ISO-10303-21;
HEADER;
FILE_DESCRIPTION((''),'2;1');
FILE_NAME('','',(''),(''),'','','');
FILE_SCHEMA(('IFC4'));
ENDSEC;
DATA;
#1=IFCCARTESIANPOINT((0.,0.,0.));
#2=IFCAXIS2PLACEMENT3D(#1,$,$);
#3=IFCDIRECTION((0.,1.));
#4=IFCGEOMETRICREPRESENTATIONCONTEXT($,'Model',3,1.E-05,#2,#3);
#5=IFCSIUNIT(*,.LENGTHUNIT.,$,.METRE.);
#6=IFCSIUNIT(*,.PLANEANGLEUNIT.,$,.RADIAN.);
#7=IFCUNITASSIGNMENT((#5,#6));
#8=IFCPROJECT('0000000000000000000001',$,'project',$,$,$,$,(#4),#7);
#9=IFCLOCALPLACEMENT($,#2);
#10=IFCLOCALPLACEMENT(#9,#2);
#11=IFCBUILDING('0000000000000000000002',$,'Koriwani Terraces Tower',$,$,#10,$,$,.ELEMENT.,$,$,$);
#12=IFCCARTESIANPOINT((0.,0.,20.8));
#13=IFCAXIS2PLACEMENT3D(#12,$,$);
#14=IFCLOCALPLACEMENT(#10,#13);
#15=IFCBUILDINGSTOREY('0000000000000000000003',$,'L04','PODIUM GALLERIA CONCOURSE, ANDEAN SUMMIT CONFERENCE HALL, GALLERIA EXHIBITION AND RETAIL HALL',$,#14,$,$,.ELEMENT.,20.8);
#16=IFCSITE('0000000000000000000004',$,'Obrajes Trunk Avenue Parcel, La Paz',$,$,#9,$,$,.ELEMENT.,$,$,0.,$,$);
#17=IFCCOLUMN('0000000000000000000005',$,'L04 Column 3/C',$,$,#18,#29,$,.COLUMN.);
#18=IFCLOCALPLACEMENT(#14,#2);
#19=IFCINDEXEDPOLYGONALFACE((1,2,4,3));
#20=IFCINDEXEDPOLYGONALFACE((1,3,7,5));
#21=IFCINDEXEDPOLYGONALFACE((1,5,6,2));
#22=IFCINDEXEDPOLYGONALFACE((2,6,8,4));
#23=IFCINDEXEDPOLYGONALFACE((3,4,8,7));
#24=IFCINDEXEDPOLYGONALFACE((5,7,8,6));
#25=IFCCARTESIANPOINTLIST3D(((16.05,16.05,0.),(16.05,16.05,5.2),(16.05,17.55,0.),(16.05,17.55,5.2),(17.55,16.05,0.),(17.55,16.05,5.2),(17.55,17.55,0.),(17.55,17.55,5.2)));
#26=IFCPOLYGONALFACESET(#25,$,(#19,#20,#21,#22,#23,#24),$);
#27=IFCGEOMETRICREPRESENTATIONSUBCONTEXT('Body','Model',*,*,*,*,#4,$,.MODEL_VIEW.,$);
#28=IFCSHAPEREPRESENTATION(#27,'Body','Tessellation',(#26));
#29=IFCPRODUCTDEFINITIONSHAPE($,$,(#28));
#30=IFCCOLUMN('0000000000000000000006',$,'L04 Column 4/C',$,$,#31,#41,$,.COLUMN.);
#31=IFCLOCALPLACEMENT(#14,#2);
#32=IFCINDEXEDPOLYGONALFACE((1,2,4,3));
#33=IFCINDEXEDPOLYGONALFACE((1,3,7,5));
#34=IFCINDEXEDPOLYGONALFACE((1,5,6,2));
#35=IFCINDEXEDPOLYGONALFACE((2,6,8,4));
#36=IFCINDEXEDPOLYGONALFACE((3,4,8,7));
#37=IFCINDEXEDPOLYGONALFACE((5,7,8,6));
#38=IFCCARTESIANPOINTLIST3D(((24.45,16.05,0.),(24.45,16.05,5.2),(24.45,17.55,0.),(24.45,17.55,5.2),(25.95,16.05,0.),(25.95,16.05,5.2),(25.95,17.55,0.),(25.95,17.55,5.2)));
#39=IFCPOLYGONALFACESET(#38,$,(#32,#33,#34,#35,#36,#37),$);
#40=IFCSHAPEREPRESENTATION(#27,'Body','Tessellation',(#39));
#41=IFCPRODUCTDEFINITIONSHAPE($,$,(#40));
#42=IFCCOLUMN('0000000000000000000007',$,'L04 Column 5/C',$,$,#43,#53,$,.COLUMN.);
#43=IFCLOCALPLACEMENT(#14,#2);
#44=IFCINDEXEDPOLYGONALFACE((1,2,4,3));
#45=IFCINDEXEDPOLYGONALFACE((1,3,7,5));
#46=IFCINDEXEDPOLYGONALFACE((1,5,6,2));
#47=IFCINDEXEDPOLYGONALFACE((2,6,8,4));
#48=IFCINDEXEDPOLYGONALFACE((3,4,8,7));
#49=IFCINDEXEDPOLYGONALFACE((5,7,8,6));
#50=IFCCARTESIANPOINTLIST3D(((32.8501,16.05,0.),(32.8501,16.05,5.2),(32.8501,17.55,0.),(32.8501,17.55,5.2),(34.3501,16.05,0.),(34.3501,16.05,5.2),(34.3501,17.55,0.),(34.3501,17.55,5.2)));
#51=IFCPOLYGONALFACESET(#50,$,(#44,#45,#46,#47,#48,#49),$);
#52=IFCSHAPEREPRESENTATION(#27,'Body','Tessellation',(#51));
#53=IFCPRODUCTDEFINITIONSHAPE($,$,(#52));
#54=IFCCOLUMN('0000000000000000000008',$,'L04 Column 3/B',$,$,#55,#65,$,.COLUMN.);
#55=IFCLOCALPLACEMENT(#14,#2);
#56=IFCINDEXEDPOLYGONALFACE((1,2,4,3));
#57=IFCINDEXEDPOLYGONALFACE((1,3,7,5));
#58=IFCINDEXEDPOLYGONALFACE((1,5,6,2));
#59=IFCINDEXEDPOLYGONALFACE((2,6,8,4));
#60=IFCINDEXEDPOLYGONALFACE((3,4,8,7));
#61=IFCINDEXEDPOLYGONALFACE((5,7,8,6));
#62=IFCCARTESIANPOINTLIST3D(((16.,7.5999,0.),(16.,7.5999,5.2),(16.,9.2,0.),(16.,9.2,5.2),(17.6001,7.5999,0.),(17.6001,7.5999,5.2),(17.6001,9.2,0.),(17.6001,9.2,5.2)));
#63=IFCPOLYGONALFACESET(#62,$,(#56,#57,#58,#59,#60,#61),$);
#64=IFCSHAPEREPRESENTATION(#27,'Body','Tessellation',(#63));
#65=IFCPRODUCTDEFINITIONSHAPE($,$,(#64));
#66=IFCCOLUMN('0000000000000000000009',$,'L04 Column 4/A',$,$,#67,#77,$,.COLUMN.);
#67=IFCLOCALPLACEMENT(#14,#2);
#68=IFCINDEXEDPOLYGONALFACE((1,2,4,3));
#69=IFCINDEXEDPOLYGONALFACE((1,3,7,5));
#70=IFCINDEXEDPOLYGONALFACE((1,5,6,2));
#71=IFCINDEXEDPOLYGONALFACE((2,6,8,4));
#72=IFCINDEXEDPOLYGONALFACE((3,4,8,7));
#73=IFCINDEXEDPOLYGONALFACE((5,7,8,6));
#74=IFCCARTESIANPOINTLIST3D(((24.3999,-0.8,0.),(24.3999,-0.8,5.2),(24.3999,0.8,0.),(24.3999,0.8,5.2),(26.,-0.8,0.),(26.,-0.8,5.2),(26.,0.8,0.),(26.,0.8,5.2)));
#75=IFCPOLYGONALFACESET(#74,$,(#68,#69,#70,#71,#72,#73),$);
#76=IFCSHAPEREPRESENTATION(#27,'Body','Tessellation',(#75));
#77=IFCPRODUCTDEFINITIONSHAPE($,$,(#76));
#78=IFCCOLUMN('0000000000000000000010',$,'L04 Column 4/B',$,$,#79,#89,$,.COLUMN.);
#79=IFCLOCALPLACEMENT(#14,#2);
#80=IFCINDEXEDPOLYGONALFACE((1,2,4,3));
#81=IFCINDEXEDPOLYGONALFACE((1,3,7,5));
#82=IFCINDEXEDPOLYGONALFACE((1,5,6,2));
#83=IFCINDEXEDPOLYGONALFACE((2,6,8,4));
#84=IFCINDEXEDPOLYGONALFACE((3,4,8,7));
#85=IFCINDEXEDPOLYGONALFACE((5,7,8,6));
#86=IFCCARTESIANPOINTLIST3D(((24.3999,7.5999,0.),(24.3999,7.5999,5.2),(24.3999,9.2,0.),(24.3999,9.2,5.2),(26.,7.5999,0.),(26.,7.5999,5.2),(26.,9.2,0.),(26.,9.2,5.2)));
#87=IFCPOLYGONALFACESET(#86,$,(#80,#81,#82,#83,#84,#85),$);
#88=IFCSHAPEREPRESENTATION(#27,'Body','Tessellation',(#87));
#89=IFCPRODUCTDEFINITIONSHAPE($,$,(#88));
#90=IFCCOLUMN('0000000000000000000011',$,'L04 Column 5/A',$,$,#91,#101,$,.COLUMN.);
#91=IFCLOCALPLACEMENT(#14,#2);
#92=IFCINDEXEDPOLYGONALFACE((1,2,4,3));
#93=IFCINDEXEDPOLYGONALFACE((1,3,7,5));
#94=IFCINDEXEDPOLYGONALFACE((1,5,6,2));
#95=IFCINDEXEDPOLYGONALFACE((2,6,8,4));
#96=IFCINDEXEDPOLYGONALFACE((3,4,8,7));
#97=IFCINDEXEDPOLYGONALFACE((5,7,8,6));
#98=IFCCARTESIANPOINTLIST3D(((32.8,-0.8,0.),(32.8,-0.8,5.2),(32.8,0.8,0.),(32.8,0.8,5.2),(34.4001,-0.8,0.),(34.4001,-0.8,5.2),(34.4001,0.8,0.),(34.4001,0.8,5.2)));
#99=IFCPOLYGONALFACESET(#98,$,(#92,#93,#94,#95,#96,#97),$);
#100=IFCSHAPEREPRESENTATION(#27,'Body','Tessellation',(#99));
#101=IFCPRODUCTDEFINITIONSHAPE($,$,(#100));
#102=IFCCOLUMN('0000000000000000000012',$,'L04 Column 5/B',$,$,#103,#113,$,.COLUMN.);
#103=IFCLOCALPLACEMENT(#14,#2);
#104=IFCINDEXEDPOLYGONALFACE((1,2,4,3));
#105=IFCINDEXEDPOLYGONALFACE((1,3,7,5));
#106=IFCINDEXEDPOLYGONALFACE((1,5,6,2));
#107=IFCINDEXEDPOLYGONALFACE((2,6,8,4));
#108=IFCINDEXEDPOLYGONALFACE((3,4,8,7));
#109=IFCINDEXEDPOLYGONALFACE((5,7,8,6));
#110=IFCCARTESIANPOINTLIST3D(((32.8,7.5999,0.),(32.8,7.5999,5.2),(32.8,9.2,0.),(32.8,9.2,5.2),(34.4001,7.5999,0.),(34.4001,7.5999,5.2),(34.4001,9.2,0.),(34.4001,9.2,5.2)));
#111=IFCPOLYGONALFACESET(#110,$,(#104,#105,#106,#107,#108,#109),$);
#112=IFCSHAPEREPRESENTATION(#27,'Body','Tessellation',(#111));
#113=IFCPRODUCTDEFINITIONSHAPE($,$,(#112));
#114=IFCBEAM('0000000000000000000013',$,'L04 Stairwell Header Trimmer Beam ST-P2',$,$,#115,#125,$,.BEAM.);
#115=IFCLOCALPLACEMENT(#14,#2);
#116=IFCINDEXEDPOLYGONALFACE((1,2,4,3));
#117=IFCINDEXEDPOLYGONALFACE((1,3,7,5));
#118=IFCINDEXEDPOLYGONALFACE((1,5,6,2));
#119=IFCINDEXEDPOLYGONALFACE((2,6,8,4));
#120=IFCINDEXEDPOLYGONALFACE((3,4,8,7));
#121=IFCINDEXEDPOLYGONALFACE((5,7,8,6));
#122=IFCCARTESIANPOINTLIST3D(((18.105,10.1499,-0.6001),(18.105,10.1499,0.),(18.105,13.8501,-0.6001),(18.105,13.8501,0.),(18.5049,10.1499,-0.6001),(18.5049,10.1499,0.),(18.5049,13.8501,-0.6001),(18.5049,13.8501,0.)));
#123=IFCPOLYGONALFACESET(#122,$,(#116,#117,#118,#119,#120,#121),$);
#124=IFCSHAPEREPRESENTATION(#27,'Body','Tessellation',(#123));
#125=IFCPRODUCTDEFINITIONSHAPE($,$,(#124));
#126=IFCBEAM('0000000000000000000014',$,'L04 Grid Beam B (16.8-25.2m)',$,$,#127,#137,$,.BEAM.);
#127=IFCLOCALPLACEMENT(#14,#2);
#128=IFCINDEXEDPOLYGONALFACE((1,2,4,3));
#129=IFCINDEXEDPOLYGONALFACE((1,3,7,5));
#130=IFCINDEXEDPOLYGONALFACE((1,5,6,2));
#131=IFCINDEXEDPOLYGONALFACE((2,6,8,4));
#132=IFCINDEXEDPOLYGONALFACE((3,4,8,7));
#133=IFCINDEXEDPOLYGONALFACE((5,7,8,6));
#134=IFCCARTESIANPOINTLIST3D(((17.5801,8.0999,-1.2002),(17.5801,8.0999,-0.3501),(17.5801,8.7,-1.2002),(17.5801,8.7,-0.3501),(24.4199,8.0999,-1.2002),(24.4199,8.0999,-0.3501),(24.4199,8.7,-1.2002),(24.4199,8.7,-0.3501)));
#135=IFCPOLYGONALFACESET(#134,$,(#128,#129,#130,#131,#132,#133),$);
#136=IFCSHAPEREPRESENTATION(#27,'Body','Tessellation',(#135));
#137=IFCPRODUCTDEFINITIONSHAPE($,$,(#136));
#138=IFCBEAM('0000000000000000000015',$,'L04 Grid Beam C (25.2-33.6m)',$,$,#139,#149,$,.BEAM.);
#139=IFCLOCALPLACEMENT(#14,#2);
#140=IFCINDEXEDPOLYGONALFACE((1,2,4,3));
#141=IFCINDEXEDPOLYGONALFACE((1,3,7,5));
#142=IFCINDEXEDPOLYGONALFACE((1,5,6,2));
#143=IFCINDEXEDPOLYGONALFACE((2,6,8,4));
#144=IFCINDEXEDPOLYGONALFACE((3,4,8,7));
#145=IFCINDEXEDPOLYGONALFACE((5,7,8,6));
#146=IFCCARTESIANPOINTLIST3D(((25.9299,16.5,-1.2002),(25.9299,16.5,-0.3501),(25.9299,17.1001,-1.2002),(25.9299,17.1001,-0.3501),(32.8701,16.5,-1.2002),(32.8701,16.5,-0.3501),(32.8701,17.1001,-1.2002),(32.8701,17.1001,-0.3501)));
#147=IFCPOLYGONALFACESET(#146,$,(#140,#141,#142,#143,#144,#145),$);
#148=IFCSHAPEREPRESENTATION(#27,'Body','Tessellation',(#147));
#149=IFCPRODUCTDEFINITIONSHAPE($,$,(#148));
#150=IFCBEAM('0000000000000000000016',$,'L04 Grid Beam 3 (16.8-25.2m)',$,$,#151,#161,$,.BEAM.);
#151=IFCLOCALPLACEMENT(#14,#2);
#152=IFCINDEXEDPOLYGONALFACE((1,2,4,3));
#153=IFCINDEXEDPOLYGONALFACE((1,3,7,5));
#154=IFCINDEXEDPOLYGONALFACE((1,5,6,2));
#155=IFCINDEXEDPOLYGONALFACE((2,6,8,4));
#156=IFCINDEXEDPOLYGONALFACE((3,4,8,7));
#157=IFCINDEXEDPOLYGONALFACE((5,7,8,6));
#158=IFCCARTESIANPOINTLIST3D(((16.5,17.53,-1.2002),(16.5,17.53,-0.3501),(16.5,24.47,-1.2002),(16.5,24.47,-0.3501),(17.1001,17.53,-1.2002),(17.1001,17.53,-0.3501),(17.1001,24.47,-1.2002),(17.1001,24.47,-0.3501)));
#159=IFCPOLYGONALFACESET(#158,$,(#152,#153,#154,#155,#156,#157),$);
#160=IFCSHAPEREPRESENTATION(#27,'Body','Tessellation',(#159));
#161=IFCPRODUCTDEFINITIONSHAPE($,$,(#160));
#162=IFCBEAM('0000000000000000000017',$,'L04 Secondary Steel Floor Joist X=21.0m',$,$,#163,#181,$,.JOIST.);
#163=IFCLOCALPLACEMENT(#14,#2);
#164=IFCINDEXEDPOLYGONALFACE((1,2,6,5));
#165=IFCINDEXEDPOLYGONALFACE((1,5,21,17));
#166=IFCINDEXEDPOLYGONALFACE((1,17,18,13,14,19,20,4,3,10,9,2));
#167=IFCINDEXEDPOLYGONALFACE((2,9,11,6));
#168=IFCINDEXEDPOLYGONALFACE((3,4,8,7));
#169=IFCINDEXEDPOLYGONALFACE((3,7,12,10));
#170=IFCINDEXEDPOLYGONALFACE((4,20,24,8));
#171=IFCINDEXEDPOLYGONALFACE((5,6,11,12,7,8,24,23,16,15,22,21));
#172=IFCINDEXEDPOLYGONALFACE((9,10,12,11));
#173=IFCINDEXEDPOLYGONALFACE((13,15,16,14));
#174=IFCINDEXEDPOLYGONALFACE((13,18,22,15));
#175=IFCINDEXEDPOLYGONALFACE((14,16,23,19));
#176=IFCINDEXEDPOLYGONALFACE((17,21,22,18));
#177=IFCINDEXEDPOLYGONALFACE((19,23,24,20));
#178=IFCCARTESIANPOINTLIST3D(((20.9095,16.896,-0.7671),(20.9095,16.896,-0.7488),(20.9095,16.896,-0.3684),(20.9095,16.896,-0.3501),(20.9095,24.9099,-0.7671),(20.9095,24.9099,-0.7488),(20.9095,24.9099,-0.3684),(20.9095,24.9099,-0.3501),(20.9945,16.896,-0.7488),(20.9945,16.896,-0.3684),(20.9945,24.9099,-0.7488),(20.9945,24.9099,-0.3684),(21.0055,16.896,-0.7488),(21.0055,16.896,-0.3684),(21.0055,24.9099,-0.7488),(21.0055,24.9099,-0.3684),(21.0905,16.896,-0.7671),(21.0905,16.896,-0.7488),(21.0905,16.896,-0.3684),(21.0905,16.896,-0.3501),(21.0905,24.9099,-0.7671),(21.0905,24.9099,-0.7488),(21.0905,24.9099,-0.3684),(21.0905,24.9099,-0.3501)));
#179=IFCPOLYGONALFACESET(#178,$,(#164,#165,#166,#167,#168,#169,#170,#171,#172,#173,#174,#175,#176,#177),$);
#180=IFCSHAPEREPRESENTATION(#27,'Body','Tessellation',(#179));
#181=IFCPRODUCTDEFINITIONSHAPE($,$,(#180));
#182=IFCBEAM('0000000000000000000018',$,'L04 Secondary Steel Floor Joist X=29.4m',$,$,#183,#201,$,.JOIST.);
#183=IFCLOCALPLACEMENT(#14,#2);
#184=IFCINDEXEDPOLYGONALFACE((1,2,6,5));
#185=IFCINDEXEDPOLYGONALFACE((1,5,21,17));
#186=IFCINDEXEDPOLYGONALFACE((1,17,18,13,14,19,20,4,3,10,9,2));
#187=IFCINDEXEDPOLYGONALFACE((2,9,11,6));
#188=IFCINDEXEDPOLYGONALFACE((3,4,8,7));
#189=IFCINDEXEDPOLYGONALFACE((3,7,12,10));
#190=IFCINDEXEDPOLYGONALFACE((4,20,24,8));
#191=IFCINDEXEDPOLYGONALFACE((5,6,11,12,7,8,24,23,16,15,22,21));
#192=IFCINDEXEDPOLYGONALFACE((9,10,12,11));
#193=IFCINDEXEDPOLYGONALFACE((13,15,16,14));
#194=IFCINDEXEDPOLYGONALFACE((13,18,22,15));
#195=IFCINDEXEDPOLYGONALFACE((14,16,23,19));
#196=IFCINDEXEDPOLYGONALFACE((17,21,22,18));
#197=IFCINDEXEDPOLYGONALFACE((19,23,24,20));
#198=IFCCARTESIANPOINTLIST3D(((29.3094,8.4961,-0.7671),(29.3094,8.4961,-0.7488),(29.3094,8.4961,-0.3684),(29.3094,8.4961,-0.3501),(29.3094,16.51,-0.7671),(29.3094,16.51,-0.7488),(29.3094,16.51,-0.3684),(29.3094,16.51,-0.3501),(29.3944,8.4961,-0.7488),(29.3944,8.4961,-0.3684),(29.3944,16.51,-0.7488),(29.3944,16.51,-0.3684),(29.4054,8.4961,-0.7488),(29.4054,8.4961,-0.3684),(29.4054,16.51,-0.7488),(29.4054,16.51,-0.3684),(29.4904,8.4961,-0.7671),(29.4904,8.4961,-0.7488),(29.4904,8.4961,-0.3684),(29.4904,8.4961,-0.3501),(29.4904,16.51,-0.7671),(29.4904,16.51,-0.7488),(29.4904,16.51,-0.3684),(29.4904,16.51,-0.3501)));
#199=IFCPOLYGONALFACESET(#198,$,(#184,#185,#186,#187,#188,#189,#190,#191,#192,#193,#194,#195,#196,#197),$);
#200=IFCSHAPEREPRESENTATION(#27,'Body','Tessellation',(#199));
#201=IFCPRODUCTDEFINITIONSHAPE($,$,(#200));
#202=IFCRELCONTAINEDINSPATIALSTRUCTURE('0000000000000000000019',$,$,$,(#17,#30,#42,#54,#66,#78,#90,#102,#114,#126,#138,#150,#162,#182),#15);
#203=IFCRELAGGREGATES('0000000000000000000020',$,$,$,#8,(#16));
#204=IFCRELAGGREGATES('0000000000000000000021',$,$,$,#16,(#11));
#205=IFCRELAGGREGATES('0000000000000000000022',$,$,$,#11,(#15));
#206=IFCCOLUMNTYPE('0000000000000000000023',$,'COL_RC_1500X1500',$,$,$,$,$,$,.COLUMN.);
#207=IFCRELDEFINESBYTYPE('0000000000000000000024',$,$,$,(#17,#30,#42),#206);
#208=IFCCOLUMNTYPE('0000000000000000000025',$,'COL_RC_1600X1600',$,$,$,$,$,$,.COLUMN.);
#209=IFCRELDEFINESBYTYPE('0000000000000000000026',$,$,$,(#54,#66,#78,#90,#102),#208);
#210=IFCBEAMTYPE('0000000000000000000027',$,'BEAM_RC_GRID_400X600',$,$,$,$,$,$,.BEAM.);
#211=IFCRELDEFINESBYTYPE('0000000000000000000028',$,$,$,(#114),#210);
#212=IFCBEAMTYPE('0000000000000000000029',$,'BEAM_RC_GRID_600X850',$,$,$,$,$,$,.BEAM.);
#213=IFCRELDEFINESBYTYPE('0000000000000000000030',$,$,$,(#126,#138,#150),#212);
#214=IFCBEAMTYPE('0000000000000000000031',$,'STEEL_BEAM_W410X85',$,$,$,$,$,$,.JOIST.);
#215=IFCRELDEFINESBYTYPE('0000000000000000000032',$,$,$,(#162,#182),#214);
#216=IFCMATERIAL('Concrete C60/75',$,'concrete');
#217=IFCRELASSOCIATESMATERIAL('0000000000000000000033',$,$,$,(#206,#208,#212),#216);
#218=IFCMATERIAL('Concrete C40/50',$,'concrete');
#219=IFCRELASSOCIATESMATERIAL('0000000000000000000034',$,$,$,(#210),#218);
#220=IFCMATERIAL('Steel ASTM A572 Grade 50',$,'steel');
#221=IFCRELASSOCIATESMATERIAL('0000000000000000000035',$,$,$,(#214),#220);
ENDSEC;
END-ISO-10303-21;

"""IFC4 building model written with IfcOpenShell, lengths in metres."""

from ifc_helpers import new_model, si_unit, direction, frame, origin, origin_2d, place, context, subcontext, project, spatial, rectangle, i_section, extrude, material, material_profile, profile_set, type_object, element, save


model = new_model("IFC4")

# Units and contexts
model_context = context("Model", 3, precision=1e-05, world=origin(), true_north=direction((0.0, 1.0)))
body_context = subcontext(model_context, "Body", "Model", "MODEL_VIEW")
ifc_project = project(units=[si_unit("LENGTHUNIT", "METRE"), si_unit("PLANEANGLEUNIT", "RADIAN")], contexts=[model_context])

# Site, building, storey
site_placement = place(None, origin())
site = spatial("IfcSite", under=ifc_project, at=site_placement, Name="Obrajes Trunk Avenue Parcel, La Paz", CompositionType="ELEMENT", RefElevation=0.0)
building_placement = place(site_placement, origin())
building = spatial("IfcBuilding", under=site, at=building_placement, Name="Koriwani Terraces Tower", CompositionType="ELEMENT")
storey_placement = place(building_placement, frame((0.0, 0.0, 20.8)))
storey = spatial("IfcBuildingStorey", under=building, at=storey_placement, Name="L04", Description="PODIUM GALLERIA CONCOURSE, ANDEAN SUMMIT CONFERENCE HALL, GALLERIA EXHIBITION AND RETAIL HALL", CompositionType="ELEMENT", Elevation=20.8)

# Columns
ifc_material_1 = material(Name="Concrete C60/75", Category="concrete")
ifc_material_profile_1 = material_profile(ifc_material_1, rectangle(XDim=1.5, YDim=1.5, at=origin_2d()), Name="Concrete C60/75", Category="LoadBearing")
ifc_profile_set_1 = profile_set([ifc_material_profile_1], Name="Concrete C60/75")
column_type_1 = type_object("IfcColumnType", Name="COL_RC_1500X1500", PredefinedType="COLUMN", material=ifc_profile_set_1)
for number, where, z_axis, x_axis, name in (
    (1, (16.8, 16.8, 0.0), (0.0, 0.0, 1.0), (1.0, 0.0, 0.0), "L04 Column 3/C"),
    (2, (25.2, 16.8, 0.0), (0.0, 0.0, 1.0), (1.0, 0.0, 0.0), "L04 Column 4/C"),
    (3, (33.6001, 16.8, 0.0), (0.0, 0.0, 1.0), (1.0, 0.0, 0.0), "L04 Column 5/C"),
):
    element("IfcColumn", number, at=place(storey_placement, frame(where, z_axis=z_axis, x_axis=x_axis)), inside=storey, type_object=column_type_1, Name=name, PredefinedType="COLUMN", context=body_context, shape_type="SweptSolid", body=[
        extrude(rectangle(XDim=1.5, YDim=1.5, at=origin_2d()), origin(), (0.0, 0.0, 1.0), 5.2),
    ])
ifc_material_profile_2 = material_profile(ifc_material_1, rectangle(XDim=1.6001, YDim=1.6001, at=origin_2d()), Name="Concrete C60/75", Category="LoadBearing")
ifc_profile_set_2 = profile_set([ifc_material_profile_2], Name="Concrete C60/75")
column_type_2 = type_object("IfcColumnType", Name="COL_RC_1600X1600", PredefinedType="COLUMN", material=ifc_profile_set_2)
for number, where, z_axis, x_axis, name in (
    (4, (16.8, 8.3999, 0.0), (0.0, 0.0, 1.0), (1.0, 0.0, 0.0), "L04 Column 3/B"),
    (5, (25.2, 0.0, 0.0), (0.0, 0.0, 1.0), (1.0, 0.0, 0.0), "L04 Column 4/A"),
    (6, (25.2, 8.3999, 0.0), (0.0, 0.0, 1.0), (1.0, 0.0, 0.0), "L04 Column 4/B"),
    (7, (33.6001, 0.0, 0.0), (0.0, 0.0, 1.0), (1.0, 0.0, 0.0), "L04 Column 5/A"),
    (8, (33.6001, 8.3999, 0.0), (0.0, 0.0, 1.0), (1.0, 0.0, 0.0), "L04 Column 5/B"),
):
    element("IfcColumn", number, at=place(storey_placement, frame(where, z_axis=z_axis, x_axis=x_axis)), inside=storey, type_object=column_type_2, Name=name, PredefinedType="COLUMN", context=body_context, shape_type="SweptSolid", body=[
        extrude(rectangle(XDim=1.6001, YDim=1.6001, at=origin_2d()), origin(), (0.0, 0.0, 1.0), 5.2),
    ])

# Beams
ifc_material_2 = material(Name="Concrete C40/50", Category="concrete")
ifc_material_profile_3 = material_profile(ifc_material_2, rectangle(XDim=0.3999, YDim=0.6001, at=origin_2d()), Name="Concrete C40/50", Category="LoadBearing")
ifc_profile_set_3 = profile_set([ifc_material_profile_3], Name="Concrete C40/50")
beam_type_1 = type_object("IfcBeamType", Name="BEAM_RC_GRID_400X600", PredefinedType="BEAM", material=ifc_profile_set_3)
beam_1_placement = place(storey_placement, frame((18.3049, 10.1499, -0.3), z_axis=(0.0, 1.0, 0.0), x_axis=(-1.0, 0.0, 0.0)))
element("IfcBeam", 9, at=beam_1_placement, inside=storey, type_object=beam_type_1, Name="L04 Stairwell Header Trimmer Beam ST-P2", PredefinedType="BEAM", context=body_context, shape_type="SweptSolid", body=[
    extrude(rectangle(XDim=0.3999, YDim=0.6001, at=origin_2d()), origin(), (0.0, 0.0, 1.0), 3.7002),
])
ifc_material_profile_4 = material_profile(ifc_material_1, rectangle(XDim=0.6001, YDim=0.8501, at=origin_2d()), Name="Concrete C60/75", Category="LoadBearing")
ifc_profile_set_4 = profile_set([ifc_material_profile_4], Name="Concrete C60/75")
beam_type_2 = type_object("IfcBeamType", Name="BEAM_RC_GRID_600X850", PredefinedType="BEAM", material=ifc_profile_set_4)
beam_2_placement = place(storey_placement, frame((17.5801, 8.3999, -0.7751), z_axis=(1.0, 0.0, 0.0), x_axis=(0.0, 1.0, 0.0)))
element("IfcBeam", 10, at=beam_2_placement, inside=storey, type_object=beam_type_2, Name="L04 Grid Beam B (16.8-25.2m)", PredefinedType="BEAM", context=body_context, shape_type="SweptSolid", body=[
    extrude(rectangle(XDim=0.6001, YDim=0.8501, at=origin_2d()), origin(), (0.0, 0.0, 1.0), 6.8398),
])
beam_3_placement = place(storey_placement, frame((25.9299, 16.8, -0.7751), z_axis=(1.0, 0.0, 0.0), x_axis=(0.0, 1.0, 0.0)))
element("IfcBeam", 11, at=beam_3_placement, inside=storey, type_object=beam_type_2, Name="L04 Grid Beam C (25.2-33.6m)", PredefinedType="BEAM", context=body_context, shape_type="SweptSolid", body=[
    extrude(rectangle(XDim=0.6001, YDim=0.8501, at=origin_2d()), origin(), (0.0, 0.0, 1.0), 6.9402),
])
beam_4_placement = place(storey_placement, frame((16.8, 17.53, -0.7751), z_axis=(0.0, 1.0, 0.0), x_axis=(-1.0, 0.0, 0.0)))
element("IfcBeam", 12, at=beam_4_placement, inside=storey, type_object=beam_type_2, Name="L04 Grid Beam 3 (16.8-25.2m)", PredefinedType="BEAM", context=body_context, shape_type="SweptSolid", body=[
    extrude(rectangle(XDim=0.6001, YDim=0.8501, at=origin_2d()), origin(), (0.0, 0.0, 1.0), 6.9399),
])
ifc_material_3 = material(Name="Steel ASTM A572 Grade 50", Category="steel")
ifc_material_profile_5 = material_profile(ifc_material_3, i_section(OverallWidth=0.1809, OverallDepth=0.417, WebThickness=0.011, FlangeThickness=0.0183, at=origin_2d()), Name="Steel ASTM A572 Grade 50", Category="LoadBearing")
ifc_profile_set_5 = profile_set([ifc_material_profile_5], Name="Steel ASTM A572 Grade 50")
beam_type_3 = type_object("IfcBeamType", Name="STEEL_BEAM_W410X85", PredefinedType="JOIST", material=ifc_profile_set_5)
for number, where, z_axis, x_axis, name in (
    (13, (21.0, 16.896, -0.5586), (0.0, 1.0, 0.0), (-1.0, 0.0, 0.0), "L04 Secondary Steel Floor Joist X=21.0m"),
    (14, (29.3999, 8.4961, -0.5586), (0.0, 1.0, 0.0), (-1.0, 0.0, 0.0), "L04 Secondary Steel Floor Joist X=29.4m"),
):
    element("IfcBeam", number, at=place(storey_placement, frame(where, z_axis=z_axis, x_axis=x_axis)), inside=storey, type_object=beam_type_3, Name=name, PredefinedType="JOIST", context=body_context, shape_type="SweptSolid", body=[
        extrude(i_section(OverallWidth=0.1809, OverallDepth=0.417, WebThickness=0.011, FlangeThickness=0.0183, at=origin_2d()), origin(), (0.0, 0.0, 1.0), 8.0139),
    ])

save(model, "model.ifc")
